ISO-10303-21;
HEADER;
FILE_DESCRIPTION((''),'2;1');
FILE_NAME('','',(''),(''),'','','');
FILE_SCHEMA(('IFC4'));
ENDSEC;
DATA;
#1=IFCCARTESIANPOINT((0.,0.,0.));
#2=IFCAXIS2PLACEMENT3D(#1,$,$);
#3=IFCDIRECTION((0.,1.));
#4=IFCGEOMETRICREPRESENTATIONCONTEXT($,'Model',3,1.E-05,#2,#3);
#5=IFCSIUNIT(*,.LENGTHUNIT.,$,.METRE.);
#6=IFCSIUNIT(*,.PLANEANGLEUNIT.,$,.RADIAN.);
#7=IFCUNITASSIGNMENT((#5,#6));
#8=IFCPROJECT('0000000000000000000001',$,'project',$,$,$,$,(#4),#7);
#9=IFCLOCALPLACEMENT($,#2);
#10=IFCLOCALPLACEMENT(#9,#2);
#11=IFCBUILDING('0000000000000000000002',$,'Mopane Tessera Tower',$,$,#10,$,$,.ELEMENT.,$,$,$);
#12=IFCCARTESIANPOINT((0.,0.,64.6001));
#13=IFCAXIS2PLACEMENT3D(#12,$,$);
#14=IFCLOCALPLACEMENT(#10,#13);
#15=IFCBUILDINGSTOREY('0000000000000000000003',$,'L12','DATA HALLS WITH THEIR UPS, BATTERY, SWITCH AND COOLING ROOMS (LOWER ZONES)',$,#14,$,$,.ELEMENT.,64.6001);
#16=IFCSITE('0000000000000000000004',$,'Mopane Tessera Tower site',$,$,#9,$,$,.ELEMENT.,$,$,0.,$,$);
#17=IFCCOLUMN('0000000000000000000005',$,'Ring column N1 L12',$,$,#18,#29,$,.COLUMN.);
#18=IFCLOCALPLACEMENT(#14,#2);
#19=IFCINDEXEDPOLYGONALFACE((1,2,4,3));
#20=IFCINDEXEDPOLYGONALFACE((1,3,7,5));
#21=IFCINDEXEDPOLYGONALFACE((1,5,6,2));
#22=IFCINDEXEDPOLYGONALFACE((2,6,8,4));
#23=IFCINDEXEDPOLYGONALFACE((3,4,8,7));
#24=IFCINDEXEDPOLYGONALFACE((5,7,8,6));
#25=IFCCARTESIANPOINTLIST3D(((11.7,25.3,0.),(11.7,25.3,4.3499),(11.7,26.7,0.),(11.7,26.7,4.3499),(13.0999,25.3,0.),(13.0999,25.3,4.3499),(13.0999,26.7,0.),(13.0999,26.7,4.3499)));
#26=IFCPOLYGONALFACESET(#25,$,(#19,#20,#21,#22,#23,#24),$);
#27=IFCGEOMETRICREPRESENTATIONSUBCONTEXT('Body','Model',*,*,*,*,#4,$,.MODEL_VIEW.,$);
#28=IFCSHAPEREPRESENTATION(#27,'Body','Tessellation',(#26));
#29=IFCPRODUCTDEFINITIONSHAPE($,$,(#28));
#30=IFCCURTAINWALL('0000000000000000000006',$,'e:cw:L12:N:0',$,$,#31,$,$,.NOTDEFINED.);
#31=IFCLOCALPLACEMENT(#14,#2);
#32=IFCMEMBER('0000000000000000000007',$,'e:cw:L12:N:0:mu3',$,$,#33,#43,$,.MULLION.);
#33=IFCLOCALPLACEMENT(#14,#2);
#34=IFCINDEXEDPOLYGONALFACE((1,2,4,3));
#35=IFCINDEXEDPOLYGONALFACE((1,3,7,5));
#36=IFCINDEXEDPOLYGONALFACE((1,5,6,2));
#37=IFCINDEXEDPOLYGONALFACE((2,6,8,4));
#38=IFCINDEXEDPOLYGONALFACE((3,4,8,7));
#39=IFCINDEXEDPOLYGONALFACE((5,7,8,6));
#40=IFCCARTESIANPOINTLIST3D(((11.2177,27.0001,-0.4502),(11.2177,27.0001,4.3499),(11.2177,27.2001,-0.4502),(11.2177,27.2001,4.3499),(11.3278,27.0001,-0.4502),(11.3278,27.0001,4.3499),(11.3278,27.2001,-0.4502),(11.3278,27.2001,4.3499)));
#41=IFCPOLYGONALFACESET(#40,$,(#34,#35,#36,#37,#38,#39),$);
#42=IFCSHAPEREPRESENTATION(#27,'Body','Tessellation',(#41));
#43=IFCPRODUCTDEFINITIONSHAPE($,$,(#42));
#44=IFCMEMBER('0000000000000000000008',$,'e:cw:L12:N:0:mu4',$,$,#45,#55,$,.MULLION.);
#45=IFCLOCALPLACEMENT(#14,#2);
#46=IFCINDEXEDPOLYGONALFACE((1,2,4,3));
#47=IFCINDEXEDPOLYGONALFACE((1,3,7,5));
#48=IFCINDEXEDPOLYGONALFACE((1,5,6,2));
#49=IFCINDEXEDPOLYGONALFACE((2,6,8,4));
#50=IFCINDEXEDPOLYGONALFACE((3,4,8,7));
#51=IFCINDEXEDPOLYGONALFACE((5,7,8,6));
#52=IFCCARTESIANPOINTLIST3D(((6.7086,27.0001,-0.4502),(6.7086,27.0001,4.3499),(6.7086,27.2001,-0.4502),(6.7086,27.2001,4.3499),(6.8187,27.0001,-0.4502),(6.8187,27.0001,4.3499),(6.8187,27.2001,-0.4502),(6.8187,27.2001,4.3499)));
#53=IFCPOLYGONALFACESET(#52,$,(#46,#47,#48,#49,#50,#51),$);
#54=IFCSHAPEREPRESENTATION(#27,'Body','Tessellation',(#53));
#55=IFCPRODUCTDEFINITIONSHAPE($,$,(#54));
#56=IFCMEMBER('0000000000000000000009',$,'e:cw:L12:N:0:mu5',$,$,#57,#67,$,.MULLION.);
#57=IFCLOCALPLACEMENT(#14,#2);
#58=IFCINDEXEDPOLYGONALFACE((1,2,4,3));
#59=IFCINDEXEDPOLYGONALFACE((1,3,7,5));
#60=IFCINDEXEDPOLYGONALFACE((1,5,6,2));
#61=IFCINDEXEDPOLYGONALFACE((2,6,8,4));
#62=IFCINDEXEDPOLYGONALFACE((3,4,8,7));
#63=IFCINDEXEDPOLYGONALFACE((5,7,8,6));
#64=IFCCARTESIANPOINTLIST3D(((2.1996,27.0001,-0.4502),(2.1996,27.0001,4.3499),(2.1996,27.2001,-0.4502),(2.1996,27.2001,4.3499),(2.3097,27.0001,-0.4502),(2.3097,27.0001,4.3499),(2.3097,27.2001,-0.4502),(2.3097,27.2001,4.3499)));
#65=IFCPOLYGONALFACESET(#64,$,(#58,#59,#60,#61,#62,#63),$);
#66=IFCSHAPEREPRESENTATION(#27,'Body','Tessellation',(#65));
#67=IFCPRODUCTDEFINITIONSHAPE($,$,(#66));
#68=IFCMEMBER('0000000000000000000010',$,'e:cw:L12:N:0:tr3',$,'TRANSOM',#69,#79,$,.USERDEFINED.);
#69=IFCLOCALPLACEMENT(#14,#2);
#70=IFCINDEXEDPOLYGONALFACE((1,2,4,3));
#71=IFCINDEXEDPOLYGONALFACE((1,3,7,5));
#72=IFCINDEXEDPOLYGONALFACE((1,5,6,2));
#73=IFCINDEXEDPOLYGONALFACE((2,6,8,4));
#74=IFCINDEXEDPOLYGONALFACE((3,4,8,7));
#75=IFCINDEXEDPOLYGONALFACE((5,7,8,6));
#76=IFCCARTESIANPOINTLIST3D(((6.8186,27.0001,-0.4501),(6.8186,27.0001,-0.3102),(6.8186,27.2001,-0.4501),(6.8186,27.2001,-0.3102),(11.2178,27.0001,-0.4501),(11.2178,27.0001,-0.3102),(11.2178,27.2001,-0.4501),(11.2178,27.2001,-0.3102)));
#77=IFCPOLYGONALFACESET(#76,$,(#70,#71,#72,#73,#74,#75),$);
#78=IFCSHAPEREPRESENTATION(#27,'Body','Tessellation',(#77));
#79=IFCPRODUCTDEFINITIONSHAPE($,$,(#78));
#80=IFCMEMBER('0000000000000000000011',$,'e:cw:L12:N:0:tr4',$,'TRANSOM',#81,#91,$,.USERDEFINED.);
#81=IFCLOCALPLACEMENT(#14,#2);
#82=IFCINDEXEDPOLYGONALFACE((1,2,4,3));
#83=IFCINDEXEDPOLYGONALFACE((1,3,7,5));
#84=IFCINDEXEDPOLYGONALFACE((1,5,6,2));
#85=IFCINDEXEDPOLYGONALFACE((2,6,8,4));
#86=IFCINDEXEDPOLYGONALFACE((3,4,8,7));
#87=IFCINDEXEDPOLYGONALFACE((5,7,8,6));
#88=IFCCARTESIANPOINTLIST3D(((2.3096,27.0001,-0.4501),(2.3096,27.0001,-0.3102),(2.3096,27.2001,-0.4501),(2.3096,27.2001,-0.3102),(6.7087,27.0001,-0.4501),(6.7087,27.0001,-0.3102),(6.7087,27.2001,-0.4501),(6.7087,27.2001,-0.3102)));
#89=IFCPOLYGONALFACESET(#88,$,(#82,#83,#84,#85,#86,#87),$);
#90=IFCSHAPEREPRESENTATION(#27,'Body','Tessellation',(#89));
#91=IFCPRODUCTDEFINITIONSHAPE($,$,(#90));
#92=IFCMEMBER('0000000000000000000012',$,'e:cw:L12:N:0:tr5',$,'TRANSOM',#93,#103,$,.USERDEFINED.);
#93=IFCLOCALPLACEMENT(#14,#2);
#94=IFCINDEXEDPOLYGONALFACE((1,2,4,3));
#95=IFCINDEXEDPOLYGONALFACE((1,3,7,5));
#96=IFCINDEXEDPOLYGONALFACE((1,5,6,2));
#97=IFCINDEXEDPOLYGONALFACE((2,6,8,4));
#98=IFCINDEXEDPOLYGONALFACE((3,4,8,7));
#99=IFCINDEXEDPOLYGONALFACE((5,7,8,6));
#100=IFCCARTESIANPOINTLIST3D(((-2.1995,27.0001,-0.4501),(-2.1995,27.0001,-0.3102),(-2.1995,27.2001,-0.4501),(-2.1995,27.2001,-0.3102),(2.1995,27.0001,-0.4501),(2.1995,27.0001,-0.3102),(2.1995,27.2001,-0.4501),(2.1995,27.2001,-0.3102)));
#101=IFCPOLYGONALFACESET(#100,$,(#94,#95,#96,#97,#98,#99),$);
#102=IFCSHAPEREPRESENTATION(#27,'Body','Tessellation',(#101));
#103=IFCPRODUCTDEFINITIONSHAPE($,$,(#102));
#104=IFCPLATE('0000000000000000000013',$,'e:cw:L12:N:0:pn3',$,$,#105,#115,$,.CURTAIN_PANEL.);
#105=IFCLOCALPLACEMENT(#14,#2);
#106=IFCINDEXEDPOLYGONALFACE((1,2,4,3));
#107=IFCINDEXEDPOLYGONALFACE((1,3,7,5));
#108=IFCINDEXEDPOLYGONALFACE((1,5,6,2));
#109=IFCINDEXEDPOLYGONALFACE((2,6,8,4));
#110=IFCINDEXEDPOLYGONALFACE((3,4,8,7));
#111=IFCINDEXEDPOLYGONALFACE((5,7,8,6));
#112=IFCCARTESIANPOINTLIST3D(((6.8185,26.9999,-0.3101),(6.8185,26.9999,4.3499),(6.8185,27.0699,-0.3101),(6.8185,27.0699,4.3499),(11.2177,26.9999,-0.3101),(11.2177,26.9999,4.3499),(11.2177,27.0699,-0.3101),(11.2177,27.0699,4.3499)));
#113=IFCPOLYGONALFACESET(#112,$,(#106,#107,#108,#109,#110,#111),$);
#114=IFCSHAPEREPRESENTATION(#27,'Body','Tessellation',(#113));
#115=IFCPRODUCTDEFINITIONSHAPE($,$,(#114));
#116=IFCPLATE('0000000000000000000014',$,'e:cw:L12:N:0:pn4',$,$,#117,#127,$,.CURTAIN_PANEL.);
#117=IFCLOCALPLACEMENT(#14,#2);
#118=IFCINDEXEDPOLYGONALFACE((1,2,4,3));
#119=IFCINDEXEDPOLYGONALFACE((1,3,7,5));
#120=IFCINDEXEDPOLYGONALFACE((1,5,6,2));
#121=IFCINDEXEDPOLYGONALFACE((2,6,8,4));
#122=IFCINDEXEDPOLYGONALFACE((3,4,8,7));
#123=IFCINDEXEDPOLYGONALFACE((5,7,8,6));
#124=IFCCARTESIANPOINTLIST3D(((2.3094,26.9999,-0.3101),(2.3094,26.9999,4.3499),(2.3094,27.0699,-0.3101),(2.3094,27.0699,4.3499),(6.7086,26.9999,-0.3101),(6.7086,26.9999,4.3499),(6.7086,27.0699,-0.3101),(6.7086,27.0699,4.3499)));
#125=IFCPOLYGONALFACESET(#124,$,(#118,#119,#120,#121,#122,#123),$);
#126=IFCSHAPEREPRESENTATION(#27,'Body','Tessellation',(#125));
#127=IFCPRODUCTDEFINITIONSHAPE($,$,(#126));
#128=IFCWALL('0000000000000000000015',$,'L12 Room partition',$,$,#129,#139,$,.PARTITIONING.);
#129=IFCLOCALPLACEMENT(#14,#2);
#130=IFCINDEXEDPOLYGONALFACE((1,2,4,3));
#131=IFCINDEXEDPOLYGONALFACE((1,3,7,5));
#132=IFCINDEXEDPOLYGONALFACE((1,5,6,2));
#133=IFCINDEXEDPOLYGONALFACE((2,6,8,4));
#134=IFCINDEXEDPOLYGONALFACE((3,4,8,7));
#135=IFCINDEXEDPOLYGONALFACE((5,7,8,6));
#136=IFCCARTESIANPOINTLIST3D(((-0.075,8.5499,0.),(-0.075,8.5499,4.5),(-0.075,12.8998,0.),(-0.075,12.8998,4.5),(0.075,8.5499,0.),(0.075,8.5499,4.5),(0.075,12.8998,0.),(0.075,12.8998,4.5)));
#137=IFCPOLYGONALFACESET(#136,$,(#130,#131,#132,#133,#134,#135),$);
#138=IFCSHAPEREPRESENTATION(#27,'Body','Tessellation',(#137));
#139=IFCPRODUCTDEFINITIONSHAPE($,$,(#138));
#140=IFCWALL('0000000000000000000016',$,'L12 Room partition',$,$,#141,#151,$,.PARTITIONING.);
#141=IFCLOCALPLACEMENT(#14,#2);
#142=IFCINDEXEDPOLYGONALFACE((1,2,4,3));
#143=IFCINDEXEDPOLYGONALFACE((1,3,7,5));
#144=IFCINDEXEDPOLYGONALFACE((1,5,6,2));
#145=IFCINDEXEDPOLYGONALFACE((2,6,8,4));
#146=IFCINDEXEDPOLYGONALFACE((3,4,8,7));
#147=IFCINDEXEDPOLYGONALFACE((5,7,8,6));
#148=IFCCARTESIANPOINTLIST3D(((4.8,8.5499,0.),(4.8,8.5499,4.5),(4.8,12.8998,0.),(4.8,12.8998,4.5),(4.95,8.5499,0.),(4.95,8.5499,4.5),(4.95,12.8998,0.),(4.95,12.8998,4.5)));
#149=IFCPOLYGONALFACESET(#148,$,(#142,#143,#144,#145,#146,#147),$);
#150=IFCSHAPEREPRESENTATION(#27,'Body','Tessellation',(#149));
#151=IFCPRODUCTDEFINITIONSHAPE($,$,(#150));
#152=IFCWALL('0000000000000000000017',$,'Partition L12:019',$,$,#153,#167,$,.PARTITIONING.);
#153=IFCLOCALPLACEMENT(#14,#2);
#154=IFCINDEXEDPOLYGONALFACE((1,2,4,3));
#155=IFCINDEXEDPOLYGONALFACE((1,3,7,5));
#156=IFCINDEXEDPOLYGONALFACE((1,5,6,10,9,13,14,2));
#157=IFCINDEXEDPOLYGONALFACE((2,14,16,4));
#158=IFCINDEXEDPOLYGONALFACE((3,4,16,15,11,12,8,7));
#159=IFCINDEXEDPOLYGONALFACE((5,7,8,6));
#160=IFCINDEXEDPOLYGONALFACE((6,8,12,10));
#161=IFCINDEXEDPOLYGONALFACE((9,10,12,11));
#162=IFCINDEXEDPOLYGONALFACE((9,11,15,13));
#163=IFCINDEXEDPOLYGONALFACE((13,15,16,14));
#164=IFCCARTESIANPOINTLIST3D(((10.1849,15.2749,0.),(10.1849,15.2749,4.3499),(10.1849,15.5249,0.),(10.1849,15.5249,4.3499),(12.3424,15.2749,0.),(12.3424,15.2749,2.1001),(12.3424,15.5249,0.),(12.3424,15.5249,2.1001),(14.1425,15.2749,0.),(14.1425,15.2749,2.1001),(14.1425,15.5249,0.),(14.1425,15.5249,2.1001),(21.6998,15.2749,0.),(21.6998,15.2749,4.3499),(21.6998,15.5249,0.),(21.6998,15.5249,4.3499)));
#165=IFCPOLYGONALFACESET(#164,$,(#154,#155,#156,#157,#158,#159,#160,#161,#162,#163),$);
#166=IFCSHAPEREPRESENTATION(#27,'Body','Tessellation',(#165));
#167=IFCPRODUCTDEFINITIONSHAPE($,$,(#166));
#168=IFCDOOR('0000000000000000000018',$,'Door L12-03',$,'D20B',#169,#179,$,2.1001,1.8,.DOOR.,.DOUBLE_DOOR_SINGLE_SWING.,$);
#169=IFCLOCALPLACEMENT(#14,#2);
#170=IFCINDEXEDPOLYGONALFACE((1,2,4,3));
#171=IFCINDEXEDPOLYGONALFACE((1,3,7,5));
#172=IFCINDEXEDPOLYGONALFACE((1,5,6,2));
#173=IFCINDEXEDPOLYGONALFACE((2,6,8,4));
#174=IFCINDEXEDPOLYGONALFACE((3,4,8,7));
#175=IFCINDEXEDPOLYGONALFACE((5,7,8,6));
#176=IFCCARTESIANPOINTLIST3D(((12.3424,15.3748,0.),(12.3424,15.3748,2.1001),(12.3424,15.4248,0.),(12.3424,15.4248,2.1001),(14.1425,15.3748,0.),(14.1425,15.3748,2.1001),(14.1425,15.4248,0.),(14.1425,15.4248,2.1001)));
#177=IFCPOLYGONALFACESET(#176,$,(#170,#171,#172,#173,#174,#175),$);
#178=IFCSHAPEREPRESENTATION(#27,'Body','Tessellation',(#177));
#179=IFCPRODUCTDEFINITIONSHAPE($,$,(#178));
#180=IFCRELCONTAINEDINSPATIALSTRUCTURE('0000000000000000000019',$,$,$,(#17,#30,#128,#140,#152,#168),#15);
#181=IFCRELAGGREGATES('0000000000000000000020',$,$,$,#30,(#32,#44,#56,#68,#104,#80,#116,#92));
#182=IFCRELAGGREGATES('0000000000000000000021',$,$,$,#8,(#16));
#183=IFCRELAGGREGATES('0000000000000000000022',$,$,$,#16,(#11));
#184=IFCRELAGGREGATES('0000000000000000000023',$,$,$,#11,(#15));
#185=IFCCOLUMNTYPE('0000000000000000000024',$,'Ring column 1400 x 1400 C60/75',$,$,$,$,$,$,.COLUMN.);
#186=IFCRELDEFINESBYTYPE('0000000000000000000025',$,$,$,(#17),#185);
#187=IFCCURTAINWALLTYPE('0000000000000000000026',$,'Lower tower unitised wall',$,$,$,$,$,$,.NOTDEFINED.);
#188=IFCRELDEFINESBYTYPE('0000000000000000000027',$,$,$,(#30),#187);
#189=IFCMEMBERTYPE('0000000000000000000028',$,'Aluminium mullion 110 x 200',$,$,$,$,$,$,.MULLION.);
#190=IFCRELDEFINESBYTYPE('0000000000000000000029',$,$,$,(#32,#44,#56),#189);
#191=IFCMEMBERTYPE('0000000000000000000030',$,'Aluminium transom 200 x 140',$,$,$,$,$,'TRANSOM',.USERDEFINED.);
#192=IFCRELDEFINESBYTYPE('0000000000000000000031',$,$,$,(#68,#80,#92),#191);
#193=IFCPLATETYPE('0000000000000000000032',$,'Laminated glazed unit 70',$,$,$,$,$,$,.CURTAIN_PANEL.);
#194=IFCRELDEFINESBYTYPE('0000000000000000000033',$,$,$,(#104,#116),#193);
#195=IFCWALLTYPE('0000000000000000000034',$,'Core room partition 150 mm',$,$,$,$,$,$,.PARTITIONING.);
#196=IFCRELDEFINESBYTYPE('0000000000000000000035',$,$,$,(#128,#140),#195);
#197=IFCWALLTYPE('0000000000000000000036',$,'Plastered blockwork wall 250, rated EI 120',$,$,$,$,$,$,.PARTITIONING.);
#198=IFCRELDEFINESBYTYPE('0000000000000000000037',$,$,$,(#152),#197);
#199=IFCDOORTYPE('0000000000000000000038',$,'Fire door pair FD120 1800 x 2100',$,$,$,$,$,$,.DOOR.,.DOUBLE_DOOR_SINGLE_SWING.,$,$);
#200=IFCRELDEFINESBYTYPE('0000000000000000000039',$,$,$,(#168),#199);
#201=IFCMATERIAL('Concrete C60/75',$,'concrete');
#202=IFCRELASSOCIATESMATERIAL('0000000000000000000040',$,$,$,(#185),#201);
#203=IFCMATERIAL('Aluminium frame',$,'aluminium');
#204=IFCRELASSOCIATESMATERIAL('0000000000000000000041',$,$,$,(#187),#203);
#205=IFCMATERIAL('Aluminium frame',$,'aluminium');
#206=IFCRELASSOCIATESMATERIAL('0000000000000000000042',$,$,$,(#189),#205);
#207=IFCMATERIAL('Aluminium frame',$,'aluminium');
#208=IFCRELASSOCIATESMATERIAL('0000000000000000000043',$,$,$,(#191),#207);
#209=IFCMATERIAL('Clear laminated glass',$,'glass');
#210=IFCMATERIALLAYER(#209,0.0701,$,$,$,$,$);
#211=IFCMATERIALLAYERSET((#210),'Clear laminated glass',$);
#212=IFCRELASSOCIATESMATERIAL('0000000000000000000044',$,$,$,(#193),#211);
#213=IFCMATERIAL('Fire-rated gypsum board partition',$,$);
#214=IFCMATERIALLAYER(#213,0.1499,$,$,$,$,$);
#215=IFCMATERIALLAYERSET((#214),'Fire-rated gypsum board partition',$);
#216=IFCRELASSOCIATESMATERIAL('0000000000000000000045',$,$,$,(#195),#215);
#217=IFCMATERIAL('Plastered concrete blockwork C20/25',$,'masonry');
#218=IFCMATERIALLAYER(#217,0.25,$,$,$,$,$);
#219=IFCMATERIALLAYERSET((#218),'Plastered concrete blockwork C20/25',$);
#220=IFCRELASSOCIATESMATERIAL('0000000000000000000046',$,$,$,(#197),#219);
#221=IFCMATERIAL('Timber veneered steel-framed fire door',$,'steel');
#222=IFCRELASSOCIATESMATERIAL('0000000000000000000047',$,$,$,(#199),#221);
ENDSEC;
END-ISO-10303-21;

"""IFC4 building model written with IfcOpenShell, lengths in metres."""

from ifc_helpers import new_model, si_unit, direction, frame, frame_2d, origin, origin_2d, place, context, subcontext, project, spatial, rectangle, extrude, material, layer, layer_set, material_profile, profile_set, type_object, element, fill, aggregate, save


model = new_model("IFC4")

# Units and contexts
model_context = context("Model", 3, precision=1e-05, world=origin(), true_north=direction((0.0, 1.0)))
body_context = subcontext(model_context, "Body", "Model", "MODEL_VIEW")
ifc_project = project(units=[si_unit("LENGTHUNIT", "METRE"), si_unit("PLANEANGLEUNIT", "RADIAN")], contexts=[model_context])

# Site, building, storey
site_placement = place(None, origin())
site = spatial("IfcSite", under=ifc_project, at=site_placement, Name="Mopane Tessera Tower site", CompositionType="ELEMENT", RefElevation=0.0)
building_placement = place(site_placement, origin())
building = spatial("IfcBuilding", under=site, at=building_placement, Name="Mopane Tessera Tower", CompositionType="ELEMENT")
storey_placement = place(building_placement, frame((0.0, 0.0, 64.6001)))
storey = spatial("IfcBuildingStorey", under=building, at=storey_placement, Name="L12", Description="DATA HALLS WITH THEIR UPS, BATTERY, SWITCH AND COOLING ROOMS (LOWER ZONES)", CompositionType="ELEMENT", Elevation=64.6001)

# Column
ifc_material_1 = material(Name="Concrete C60/75", Category="concrete")
ifc_material_profile_1 = material_profile(ifc_material_1, rectangle(XDim=1.3999, YDim=1.3999, at=origin_2d()))
ifc_profile_set_1 = profile_set([ifc_material_profile_1], Name="Concrete C60/75")
column_type = type_object("IfcColumnType", Name="Ring column 1400 x 1400 C60/75", PredefinedType="COLUMN", material=ifc_profile_set_1)
column_placement = place(storey_placement, frame((12.3999, 26.0, 0.0), z_axis=(0.0, 0.0, 1.0), x_axis=(1.0, 0.0, 0.0)))
element("IfcColumn", 1, at=column_placement, inside=storey, type_object=column_type, Name="Ring column N1 L12", PredefinedType="COLUMN", context=body_context, shape_type="SweptSolid", body=[
    extrude(rectangle(XDim=1.3999, YDim=1.3999, at=origin_2d()), origin(), (0.0, 0.0, 1.0), 4.3499),
])

# Curtain wall, members, plates
ifc_material_2 = material(Name="Aluminium frame", Category="aluminium")
curtain_wall_type = type_object("IfcCurtainWallType", Name="Lower tower unitised wall", PredefinedType="NOTDEFINED", material=ifc_material_2)
curtain_wall_placement = place(storey_placement, origin())
curtain_wall = element("IfcCurtainWall", 2, at=curtain_wall_placement, inside=storey, type_object=curtain_wall_type, Name="e:cw:L12:N:0", PredefinedType="NOTDEFINED")
ifc_material_3 = material(Name="Aluminium frame", Category="aluminium")
ifc_material_profile_2 = material_profile(ifc_material_3, rectangle(XDim=0.1101, YDim=0.2, at=origin_2d()))
ifc_profile_set_2 = profile_set([ifc_material_profile_2], Name="Aluminium frame")
member_type_1 = type_object("IfcMemberType", Name="Aluminium mullion 110 x 200", PredefinedType="MULLION", material=ifc_profile_set_2)
member_1_placement = place(storey_placement, frame((11.2727, 27.1001, -0.4502), z_axis=(0.0, 0.0, 1.0), x_axis=(-1.0, 0.0, 0.0)))
member_1 = element("IfcMember", 3, at=member_1_placement, type_object=member_type_1, Name="e:cw:L12:N:0:mu3", PredefinedType="MULLION", context=body_context, shape_type="SweptSolid", body=[
    extrude(rectangle(XDim=0.1101, YDim=0.2, at=origin_2d()), origin(), (0.0, 0.0, 1.0), 4.8),
])
member_2_placement = place(storey_placement, frame((6.7637, 27.1001, -0.4502), z_axis=(0.0, 0.0, 1.0), x_axis=(-1.0, 0.0, 0.0)))
member_2 = element("IfcMember", 4, at=member_2_placement, type_object=member_type_1, Name="e:cw:L12:N:0:mu4", PredefinedType="MULLION", context=body_context, shape_type="SweptSolid", body=[
    extrude(rectangle(XDim=0.1101, YDim=0.2, at=origin_2d()), origin(), (0.0, 0.0, 1.0), 4.8),
])
member_3_placement = place(storey_placement, frame((2.2546, 27.1001, -0.4502), z_axis=(0.0, 0.0, 1.0), x_axis=(-1.0, 0.0, 0.0)))
member_3 = element("IfcMember", 5, at=member_3_placement, type_object=member_type_1, Name="e:cw:L12:N:0:mu5", PredefinedType="MULLION", context=body_context, shape_type="SweptSolid", body=[
    extrude(rectangle(XDim=0.1101, YDim=0.2, at=origin_2d()), origin(), (0.0, 0.0, 1.0), 4.8),
])
ifc_material_4 = material(Name="Aluminium frame", Category="aluminium")
ifc_material_profile_3 = material_profile(ifc_material_4, rectangle(XDim=0.2, YDim=0.1399, at=origin_2d()))
ifc_profile_set_3 = profile_set([ifc_material_profile_3], Name="Aluminium frame")
member_type_2 = type_object("IfcMemberType", Name="Aluminium transom 200 x 140", ElementType="TRANSOM", PredefinedType="USERDEFINED", material=ifc_profile_set_3)
member_4_placement = place(storey_placement, frame((11.2178, 27.1001, -0.3801), z_axis=(-1.0, 0.0, 0.0), x_axis=(0.0, -1.0, 0.0)))
member_4 = element("IfcMember", 6, at=member_4_placement, type_object=member_type_2, Name="e:cw:L12:N:0:tr3", ObjectType="TRANSOM", PredefinedType="USERDEFINED", context=body_context, shape_type="SweptSolid", body=[
    extrude(rectangle(XDim=0.2, YDim=0.1399, at=origin_2d()), origin(), (0.0, 0.0, 1.0), 4.3992),
])
member_5_placement = place(storey_placement, frame((6.7087, 27.1001, -0.3801), z_axis=(-1.0, 0.0, 0.0), x_axis=(0.0, -1.0, 0.0)))
member_5 = element("IfcMember", 7, at=member_5_placement, type_object=member_type_2, Name="e:cw:L12:N:0:tr4", ObjectType="TRANSOM", PredefinedType="USERDEFINED", context=body_context, shape_type="SweptSolid", body=[
    extrude(rectangle(XDim=0.2, YDim=0.1399, at=origin_2d()), origin(), (0.0, 0.0, 1.0), 4.3992),
])
member_6_placement = place(storey_placement, frame((2.1995, 27.1001, -0.3801), z_axis=(-1.0, 0.0, 0.0), x_axis=(0.0, -1.0, 0.0)))
member_6 = element("IfcMember", 8, at=member_6_placement, type_object=member_type_2, Name="e:cw:L12:N:0:tr5", ObjectType="TRANSOM", PredefinedType="USERDEFINED", context=body_context, shape_type="SweptSolid", body=[
    extrude(rectangle(XDim=0.2, YDim=0.1399, at=origin_2d()), origin(), (0.0, 0.0, 1.0), 4.3989),
])
ifc_material_5 = material(Name="Clear laminated glass", Category="glass")
ifc_layer_1 = layer(ifc_material_5, 0.0701)
ifc_layer_set_1 = layer_set([ifc_layer_1], Name="Clear laminated glass")
plate_type = type_object("IfcPlateType", Name="Laminated glazed unit 70", PredefinedType="CURTAIN_PANEL", material=ifc_layer_set_1)
plate_1_placement = place(storey_placement, frame((9.0181, 27.0349, -0.3101), z_axis=(0.0, 0.0, 1.0), x_axis=(-1.0, 0.0, 0.0)))
plate_1 = element("IfcPlate", 9, at=plate_1_placement, type_object=plate_type, Name="e:cw:L12:N:0:pn3", PredefinedType="CURTAIN_PANEL", context=body_context, shape_type="SweptSolid", body=[
    extrude(rectangle(XDim=4.3992, YDim=0.0701, at=origin_2d()), origin(), (0.0, 0.0, 1.0), 4.6599),
])
plate_2_placement = place(storey_placement, frame((4.509, 27.0349, -0.3101), z_axis=(0.0, 0.0, 1.0), x_axis=(-1.0, 0.0, 0.0)))
plate_2 = element("IfcPlate", 10, at=plate_2_placement, type_object=plate_type, Name="e:cw:L12:N:0:pn4", PredefinedType="CURTAIN_PANEL", context=body_context, shape_type="SweptSolid", body=[
    extrude(rectangle(XDim=4.3992, YDim=0.0701, at=origin_2d()), origin(), (0.0, 0.0, 1.0), 4.6599),
])
aggregate(curtain_wall, [member_1, member_2, member_3, member_4, plate_1, member_5, plate_2, member_6])

# Walls
ifc_material_6 = material(Name="Fire-rated gypsum board partition")
ifc_layer_2 = layer(ifc_material_6, 0.1499)
ifc_layer_set_2 = layer_set([ifc_layer_2], Name="Fire-rated gypsum board partition")
wall_type_1 = type_object("IfcWallType", Name="Core room partition 150 mm", PredefinedType="PARTITIONING", material=ifc_layer_set_2)
for number, where, z_axis, x_axis, name in (
    (11, (0.0, 8.55, 0.0), (0.0, 0.0, 1.0), (0.0, 1.0, 0.0), "L12 Room partition"),
    (12, (4.875, 8.55, 0.0), (0.0, 0.0, 1.0), (0.0, 1.0, 0.0), "L12 Room partition"),
):
    element("IfcWall", number, at=place(storey_placement, frame(where, z_axis=z_axis, x_axis=x_axis)), inside=storey, type_object=wall_type_1, Name=name, PredefinedType="PARTITIONING", context=body_context, shape_type="SweptSolid", body=[
        extrude(rectangle(XDim=4.3499, YDim=0.1499, at=frame_2d((2.1748, 0.0))), origin(), (0.0, 0.0, 1.0), 4.5),
    ])

# Wall, opening, door
ifc_material_7 = material(Name="Plastered concrete blockwork C20/25", Category="masonry")
ifc_layer_3 = layer(ifc_material_7, 0.25)
ifc_layer_set_3 = layer_set([ifc_layer_3], Name="Plastered concrete blockwork C20/25")
wall_type_2 = type_object("IfcWallType", Name="Plastered blockwork wall 250, rated EI 120", PredefinedType="PARTITIONING", material=ifc_layer_set_3)
wall_1_placement = place(storey_placement, frame((10.1851, 15.3999, 0.0), z_axis=(0.0, 0.0, 1.0), x_axis=(1.0, 0.0, 0.0)))
wall_1 = element("IfcWall", 13, at=wall_1_placement, inside=storey, type_object=wall_type_2, Name="Partition L12:019", PredefinedType="PARTITIONING", context=body_context, shape_type="SweptSolid", body=[
    extrude(rectangle(XDim=11.5149, YDim=0.25, at=frame_2d((5.7573, 0.0))), origin(), (0.0, 0.0, 1.0), 4.3499),
])
opening_placement = place(wall_1_placement, frame((2.1575, 0.0, 0.0)))
opening = element("IfcOpeningElement", 14, at=opening_placement, cuts=wall_1, PredefinedType="OPENING", context=body_context, shape_type="SweptSolid", body=[
    extrude(rectangle(XDim=1.8, YDim=2.1001, at=frame_2d((0.8999, 1.05))), frame((0.0, 0.137, 0.0), z_axis=(0.0, -1.0, 0.0), x_axis=(1.0, 0.0, 0.0)), (0.0, 0.0, 1.0), 0.2739),
])
ifc_material_8 = material(Name="Timber veneered steel-framed fire door", Category="steel")
door_type = type_object("IfcDoorType", Name="Fire door pair FD120 1800 x 2100", OperationType="DOUBLE_DOOR_SINGLE_SWING", PredefinedType="DOOR", material=ifc_material_8)
door_placement = place(opening_placement, origin())
door = element("IfcDoor", 15, at=door_placement, inside=storey, type_object=door_type, Name="Door L12-03", ObjectType="D20B", OperationType="DOUBLE_DOOR_SINGLE_SWING", OverallHeight=2.1001, OverallWidth=1.8, PredefinedType="DOOR", context=body_context, shape_type="SweptSolid", body=[
    extrude(rectangle(XDim=1.8, YDim=2.1001, at=frame_2d((0.8999, 1.05))), frame((0.0, 0.0249, 0.0), z_axis=(0.0, -1.0, 0.0), x_axis=(1.0, 0.0, 0.0)), (0.0, 0.0, 1.0), 0.05),
])
fill(opening, door)

save(model, "model.ifc")
